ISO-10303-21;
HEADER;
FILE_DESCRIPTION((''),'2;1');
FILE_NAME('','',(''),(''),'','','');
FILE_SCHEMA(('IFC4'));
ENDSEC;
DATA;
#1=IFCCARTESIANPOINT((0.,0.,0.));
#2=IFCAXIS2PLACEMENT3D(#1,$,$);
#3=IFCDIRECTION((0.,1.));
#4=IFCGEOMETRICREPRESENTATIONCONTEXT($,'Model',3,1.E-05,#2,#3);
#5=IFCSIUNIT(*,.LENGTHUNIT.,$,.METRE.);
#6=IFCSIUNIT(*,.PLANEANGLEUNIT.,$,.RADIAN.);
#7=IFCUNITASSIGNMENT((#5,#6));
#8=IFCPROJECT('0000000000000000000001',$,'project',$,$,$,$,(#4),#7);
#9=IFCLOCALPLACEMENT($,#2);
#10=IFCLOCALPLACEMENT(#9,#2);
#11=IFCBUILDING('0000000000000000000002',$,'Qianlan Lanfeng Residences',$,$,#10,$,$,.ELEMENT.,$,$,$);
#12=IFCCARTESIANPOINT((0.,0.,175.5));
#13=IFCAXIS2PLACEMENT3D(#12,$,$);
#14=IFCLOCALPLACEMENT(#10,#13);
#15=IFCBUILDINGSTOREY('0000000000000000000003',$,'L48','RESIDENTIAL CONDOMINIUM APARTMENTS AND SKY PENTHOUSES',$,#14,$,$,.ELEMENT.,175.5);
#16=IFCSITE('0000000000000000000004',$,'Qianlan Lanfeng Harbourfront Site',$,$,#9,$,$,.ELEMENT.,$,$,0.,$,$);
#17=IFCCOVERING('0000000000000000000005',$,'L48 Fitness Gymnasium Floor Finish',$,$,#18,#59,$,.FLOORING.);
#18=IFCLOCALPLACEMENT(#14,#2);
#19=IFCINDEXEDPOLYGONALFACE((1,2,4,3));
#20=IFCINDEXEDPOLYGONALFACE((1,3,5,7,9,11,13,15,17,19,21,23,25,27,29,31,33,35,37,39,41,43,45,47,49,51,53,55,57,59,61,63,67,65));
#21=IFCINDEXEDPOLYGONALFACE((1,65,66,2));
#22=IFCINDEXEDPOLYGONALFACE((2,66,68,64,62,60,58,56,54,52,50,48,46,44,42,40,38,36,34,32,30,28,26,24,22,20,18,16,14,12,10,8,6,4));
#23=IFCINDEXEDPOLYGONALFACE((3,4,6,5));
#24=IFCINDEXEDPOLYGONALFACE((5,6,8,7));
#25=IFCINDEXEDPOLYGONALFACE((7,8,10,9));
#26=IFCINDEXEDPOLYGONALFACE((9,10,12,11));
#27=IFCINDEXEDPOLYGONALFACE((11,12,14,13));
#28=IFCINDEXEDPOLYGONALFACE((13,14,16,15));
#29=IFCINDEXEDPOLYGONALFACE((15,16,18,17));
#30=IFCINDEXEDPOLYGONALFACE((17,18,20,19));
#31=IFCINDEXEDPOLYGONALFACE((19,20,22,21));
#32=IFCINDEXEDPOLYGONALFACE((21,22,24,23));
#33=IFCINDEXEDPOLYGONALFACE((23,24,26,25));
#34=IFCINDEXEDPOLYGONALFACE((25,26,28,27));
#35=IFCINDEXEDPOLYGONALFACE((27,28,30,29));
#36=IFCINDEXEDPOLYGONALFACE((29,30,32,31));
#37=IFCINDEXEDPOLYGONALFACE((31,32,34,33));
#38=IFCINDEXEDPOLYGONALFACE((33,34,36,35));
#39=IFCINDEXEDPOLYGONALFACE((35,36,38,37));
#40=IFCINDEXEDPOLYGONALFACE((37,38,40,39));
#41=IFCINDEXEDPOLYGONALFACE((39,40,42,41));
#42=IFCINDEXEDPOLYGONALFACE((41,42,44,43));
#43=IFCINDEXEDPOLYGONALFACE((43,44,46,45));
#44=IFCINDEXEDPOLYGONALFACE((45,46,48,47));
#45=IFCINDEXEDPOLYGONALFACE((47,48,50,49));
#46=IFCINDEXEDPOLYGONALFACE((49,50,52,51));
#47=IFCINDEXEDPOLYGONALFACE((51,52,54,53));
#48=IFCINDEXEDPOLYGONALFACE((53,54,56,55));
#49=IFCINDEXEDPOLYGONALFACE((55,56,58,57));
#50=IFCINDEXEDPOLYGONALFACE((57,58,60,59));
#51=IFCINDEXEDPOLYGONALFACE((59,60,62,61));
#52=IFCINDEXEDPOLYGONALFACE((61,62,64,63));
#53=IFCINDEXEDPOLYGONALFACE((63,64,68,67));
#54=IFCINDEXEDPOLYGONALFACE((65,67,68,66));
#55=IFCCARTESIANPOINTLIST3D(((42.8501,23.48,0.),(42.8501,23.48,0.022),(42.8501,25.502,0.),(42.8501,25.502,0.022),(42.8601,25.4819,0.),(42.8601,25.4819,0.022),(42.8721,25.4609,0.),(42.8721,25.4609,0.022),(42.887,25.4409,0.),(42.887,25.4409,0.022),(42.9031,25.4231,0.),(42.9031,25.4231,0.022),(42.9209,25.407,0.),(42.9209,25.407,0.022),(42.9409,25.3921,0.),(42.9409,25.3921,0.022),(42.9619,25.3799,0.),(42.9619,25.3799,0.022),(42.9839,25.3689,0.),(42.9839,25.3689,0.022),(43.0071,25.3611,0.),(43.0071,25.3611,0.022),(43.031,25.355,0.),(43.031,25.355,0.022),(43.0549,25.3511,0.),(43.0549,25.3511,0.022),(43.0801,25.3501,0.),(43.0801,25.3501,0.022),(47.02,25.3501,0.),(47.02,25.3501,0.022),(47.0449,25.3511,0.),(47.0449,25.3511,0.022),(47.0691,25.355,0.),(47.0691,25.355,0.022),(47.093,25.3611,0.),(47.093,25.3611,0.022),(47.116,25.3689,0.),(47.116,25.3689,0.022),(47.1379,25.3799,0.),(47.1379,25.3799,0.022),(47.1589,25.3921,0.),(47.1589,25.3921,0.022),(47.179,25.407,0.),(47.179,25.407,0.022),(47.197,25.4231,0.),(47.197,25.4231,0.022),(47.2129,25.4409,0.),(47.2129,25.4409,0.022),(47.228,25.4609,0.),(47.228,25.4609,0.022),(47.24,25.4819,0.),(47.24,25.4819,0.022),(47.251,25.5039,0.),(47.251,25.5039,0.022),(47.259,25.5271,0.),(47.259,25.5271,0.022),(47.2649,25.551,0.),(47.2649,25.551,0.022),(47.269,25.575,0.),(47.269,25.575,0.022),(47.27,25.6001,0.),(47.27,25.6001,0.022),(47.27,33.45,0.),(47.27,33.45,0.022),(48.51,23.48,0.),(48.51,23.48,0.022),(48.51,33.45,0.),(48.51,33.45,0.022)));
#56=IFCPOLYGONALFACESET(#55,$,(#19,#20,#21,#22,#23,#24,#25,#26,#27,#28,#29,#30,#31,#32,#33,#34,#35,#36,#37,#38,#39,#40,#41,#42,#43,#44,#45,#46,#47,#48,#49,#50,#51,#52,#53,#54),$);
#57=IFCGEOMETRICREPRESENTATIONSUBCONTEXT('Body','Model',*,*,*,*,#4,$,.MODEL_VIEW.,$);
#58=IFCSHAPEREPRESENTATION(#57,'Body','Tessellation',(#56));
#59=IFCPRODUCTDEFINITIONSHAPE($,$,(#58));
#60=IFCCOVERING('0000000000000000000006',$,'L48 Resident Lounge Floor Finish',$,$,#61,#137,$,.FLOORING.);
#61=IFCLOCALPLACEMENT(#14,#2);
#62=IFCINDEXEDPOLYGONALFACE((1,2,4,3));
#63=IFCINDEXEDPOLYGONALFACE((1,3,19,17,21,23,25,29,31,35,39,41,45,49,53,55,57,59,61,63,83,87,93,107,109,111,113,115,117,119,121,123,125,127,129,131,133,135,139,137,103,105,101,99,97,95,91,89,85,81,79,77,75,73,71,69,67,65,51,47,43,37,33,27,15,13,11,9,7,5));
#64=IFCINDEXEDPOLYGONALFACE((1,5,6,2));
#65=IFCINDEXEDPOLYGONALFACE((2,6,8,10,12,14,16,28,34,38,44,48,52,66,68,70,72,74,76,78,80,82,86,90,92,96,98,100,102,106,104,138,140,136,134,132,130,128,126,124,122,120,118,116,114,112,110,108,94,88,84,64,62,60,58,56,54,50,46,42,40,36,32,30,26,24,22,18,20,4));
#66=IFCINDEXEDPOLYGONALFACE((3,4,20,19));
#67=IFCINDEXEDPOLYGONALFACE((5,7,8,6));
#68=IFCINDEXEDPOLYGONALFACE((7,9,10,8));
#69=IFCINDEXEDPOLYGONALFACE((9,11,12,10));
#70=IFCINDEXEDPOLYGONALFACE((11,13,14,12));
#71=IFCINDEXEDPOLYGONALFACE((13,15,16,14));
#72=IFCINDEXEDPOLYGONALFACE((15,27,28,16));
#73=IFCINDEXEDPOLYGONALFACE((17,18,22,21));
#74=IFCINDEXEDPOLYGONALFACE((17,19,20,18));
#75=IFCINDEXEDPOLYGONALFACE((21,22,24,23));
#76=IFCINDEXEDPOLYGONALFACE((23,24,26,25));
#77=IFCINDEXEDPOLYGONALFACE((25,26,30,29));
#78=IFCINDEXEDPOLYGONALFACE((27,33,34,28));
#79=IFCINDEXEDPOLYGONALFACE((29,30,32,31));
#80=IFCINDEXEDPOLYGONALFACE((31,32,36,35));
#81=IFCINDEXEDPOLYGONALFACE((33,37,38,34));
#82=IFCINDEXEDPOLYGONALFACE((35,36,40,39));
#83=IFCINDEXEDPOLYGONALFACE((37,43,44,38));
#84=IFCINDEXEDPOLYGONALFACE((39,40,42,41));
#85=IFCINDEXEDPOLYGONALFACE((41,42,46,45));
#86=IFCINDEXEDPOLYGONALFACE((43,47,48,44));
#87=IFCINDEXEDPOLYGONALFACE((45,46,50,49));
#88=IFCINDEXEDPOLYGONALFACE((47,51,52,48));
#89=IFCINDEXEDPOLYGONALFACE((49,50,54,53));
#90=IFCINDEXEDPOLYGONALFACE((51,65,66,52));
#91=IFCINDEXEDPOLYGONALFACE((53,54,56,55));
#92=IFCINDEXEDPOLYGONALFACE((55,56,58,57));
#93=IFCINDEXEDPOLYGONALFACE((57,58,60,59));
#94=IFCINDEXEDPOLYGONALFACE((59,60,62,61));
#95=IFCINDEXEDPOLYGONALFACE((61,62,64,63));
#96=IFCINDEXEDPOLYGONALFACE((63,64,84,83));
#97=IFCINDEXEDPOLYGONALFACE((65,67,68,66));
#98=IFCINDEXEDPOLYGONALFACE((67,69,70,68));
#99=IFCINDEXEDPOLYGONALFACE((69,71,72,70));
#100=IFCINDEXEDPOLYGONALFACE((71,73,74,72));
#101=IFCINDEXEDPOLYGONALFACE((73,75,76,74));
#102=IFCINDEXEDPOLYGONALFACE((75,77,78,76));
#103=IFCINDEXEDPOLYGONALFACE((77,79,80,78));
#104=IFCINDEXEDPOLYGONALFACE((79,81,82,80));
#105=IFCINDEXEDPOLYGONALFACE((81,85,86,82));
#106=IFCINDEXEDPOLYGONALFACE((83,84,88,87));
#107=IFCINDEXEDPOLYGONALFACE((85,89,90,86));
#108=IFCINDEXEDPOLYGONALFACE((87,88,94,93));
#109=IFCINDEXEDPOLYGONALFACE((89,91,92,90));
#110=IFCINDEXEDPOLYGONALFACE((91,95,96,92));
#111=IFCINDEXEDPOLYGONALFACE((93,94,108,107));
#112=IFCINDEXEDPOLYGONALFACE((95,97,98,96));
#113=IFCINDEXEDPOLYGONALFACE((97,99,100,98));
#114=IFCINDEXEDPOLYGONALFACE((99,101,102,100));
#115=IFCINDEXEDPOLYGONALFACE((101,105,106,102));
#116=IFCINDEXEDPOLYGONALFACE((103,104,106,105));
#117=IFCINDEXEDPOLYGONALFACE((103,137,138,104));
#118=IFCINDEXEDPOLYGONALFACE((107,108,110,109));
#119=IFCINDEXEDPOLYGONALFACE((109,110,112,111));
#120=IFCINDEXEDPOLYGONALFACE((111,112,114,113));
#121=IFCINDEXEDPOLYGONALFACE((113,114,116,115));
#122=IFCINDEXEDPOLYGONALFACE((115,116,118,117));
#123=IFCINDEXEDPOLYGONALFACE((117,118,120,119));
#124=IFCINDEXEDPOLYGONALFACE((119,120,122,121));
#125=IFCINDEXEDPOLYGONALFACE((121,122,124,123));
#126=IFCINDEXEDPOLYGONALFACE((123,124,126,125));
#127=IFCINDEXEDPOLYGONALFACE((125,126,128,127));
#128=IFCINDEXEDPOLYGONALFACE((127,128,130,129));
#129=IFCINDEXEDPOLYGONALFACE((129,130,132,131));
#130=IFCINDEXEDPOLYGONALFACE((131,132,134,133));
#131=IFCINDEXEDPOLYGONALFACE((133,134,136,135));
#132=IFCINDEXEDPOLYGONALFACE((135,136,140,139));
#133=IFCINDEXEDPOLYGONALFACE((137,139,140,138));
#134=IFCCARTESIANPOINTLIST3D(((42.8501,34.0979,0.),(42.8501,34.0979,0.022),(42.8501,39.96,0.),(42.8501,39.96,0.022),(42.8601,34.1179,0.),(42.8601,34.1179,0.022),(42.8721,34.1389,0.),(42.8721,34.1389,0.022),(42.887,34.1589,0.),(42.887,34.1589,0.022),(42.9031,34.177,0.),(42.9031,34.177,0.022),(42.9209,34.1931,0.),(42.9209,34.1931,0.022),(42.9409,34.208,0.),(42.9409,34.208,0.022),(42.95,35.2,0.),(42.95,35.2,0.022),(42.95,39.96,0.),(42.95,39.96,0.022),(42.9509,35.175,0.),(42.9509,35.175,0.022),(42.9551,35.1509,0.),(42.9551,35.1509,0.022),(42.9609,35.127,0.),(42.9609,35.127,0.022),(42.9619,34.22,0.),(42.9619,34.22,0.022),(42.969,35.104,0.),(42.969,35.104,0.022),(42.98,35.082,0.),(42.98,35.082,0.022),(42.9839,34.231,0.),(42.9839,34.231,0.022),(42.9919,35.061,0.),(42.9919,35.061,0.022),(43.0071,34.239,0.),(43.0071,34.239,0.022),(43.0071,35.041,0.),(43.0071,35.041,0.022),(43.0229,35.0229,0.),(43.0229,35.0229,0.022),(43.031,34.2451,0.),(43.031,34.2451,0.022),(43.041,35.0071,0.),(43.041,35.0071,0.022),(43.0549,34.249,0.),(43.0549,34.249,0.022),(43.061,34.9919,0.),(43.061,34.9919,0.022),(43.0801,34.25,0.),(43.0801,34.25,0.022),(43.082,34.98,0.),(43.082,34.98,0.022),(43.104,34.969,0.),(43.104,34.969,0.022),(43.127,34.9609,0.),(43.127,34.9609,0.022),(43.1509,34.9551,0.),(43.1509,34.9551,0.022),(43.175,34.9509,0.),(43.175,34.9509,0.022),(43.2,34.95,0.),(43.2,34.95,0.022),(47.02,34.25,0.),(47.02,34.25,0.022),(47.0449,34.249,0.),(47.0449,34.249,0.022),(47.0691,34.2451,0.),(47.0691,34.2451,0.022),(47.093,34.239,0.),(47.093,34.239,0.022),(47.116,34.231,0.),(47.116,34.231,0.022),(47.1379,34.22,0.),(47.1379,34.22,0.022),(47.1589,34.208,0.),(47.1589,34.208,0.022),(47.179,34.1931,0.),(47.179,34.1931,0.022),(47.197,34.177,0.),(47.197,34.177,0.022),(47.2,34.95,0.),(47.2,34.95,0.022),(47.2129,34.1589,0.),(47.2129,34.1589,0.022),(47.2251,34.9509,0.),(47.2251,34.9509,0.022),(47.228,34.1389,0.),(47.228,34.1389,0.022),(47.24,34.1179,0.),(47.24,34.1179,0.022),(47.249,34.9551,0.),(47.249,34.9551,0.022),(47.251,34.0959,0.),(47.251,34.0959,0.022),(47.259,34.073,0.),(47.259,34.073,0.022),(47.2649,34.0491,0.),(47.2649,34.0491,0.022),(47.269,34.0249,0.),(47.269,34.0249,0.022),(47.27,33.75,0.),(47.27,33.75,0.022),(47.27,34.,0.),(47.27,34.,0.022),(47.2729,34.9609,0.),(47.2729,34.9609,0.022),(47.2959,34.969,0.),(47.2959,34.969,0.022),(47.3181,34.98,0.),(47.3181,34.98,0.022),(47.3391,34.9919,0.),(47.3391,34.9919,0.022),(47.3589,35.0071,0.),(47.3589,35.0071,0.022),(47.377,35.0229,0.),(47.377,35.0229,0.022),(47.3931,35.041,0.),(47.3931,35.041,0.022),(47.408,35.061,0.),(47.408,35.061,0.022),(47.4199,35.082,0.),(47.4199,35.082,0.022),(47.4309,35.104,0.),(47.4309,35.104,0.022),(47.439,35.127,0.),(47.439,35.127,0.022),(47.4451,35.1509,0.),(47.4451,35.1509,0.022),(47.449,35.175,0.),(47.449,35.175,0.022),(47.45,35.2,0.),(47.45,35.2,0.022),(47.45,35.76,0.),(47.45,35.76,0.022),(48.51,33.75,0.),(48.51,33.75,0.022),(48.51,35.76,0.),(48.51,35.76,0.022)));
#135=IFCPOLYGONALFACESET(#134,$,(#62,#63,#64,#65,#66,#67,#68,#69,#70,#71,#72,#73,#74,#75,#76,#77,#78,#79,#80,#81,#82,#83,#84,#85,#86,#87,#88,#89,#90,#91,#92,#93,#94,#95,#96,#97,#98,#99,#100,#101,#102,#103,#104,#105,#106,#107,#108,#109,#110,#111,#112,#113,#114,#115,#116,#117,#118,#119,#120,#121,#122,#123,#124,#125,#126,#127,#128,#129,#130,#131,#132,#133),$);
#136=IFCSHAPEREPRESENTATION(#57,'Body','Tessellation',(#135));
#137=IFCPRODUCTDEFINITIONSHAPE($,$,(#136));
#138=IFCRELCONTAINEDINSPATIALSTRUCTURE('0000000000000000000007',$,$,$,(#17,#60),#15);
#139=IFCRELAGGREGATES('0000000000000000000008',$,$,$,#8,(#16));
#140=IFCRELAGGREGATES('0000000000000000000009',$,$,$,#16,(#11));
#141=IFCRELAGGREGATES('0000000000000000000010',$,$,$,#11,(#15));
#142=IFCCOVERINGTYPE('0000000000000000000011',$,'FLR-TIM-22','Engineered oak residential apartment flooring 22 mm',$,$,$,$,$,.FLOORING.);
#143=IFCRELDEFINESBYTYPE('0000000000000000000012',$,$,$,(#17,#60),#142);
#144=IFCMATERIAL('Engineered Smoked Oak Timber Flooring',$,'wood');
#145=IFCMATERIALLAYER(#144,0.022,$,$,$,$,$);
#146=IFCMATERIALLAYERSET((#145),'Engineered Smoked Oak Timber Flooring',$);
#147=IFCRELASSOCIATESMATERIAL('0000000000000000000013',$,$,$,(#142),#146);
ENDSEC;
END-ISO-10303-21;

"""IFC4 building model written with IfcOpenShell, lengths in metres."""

from ifc_helpers import new_model, si_unit, direction, frame, origin, place, context, subcontext, project, spatial, polyline, outline, extrude, material, layer, layer_set, type_object, element, save


model = new_model("IFC4")

# Units and contexts
model_context = context("Model", 3, precision=1e-05, world=origin(), true_north=direction((0.0, 1.0)))
body_context = subcontext(model_context, "Body", "Model", "MODEL_VIEW")
ifc_project = project(units=[si_unit("LENGTHUNIT", "METRE"), si_unit("PLANEANGLEUNIT", "RADIAN")], contexts=[model_context])

# Site, building, storey
site_placement = place(None, origin())
site = spatial("IfcSite", under=ifc_project, at=site_placement, Name="Qianlan Lanfeng Harbourfront Site", CompositionType="ELEMENT", RefElevation=0.0)
building_placement = place(site_placement, origin())
building = spatial("IfcBuilding", under=site, at=building_placement, Name="Qianlan Lanfeng Residences", CompositionType="ELEMENT")
storey_placement = place(building_placement, frame((0.0, 0.0, 175.5)))
storey = spatial("IfcBuildingStorey", under=building, at=storey_placement, Name="L48", Description="RESIDENTIAL CONDOMINIUM APARTMENTS AND SKY PENTHOUSES", CompositionType="ELEMENT", Elevation=175.5)

# Coverings
ifc_material_1 = material(Name="Engineered Smoked Oak Timber Flooring", Category="wood")
ifc_layer_1 = layer(ifc_material_1, 0.022)
ifc_layer_set_1 = layer_set([ifc_layer_1], Name="Engineered Smoked Oak Timber Flooring")
covering_type = type_object("IfcCoveringType", Name="FLR-TIM-22", Description="Engineered oak residential apartment flooring 22 mm", PredefinedType="FLOORING", material=ifc_layer_set_1)
covering_1_placement = place(storey_placement, origin())
element("IfcCovering", 1, at=covering_1_placement, inside=storey, type_object=covering_type, Name="L48 Fitness Gymnasium Floor Finish", PredefinedType="FLOORING", context=body_context, shape_type="SweptSolid", body=[
    extrude(outline(polyline([(48.51, 33.45), (47.27, 33.45), (47.27, 25.6001), (47.269, 25.575), (47.2649, 25.551), (47.259, 25.5271), (47.251, 25.5039), (47.24, 25.4819), (47.228, 25.4609), (47.2129, 25.4409), (47.197, 25.4231), (47.179, 25.407), (47.1589, 25.3921), (47.1379, 25.3799), (47.116, 25.3689), (47.093, 25.3611), (47.0691, 25.355), (47.0449, 25.3511), (47.02, 25.3501), (43.0801, 25.3501), (43.0549, 25.3511), (43.031, 25.355), (43.0071, 25.3611), (42.9839, 25.3689), (42.9619, 25.3799), (42.9409, 25.3921), (42.9209, 25.407), (42.9031, 25.4231), (42.887, 25.4409), (42.8721, 25.4609), (42.8601, 25.4819), (42.8501, 25.502), (42.8501, 23.48), (48.51, 23.48), (48.51, 33.45)])), origin(), (0.0, 0.0, 1.0), 0.022),
])
covering_2_placement = place(storey_placement, origin())
element("IfcCovering", 2, at=covering_2_placement, inside=storey, type_object=covering_type, Name="L48 Resident Lounge Floor Finish", PredefinedType="FLOORING", context=body_context, shape_type="SweptSolid", body=[
    extrude(outline(polyline([(42.8501, 34.0979), (42.8601, 34.1179), (42.8721, 34.1389), (42.887, 34.1589), (42.9031, 34.177), (42.9209, 34.1931), (42.9409, 34.208), (42.9619, 34.22), (42.9839, 34.231), (43.0071, 34.239), (43.031, 34.2451), (43.0549, 34.249), (43.0801, 34.25), (47.02, 34.25), (47.0449, 34.249), (47.0691, 34.2451), (47.093, 34.239), (47.116, 34.231), (47.1379, 34.22), (47.1589, 34.208), (47.179, 34.1931), (47.197, 34.177), (47.2129, 34.1589), (47.228, 34.1389), (47.24, 34.1179), (47.251, 34.0959), (47.259, 34.073), (47.2649, 34.0491), (47.269, 34.0249), (47.27, 34.0), (47.27, 33.75), (48.51, 33.75), (48.51, 35.76), (47.45, 35.76), (47.45, 35.2), (47.449, 35.175), (47.4451, 35.1509), (47.439, 35.127), (47.4309, 35.104), (47.4199, 35.082), (47.408, 35.061), (47.3931, 35.041), (47.377, 35.0229), (47.3589, 35.0071), (47.3391, 34.9919), (47.3181, 34.98), (47.2959, 34.969), (47.2729, 34.9609), (47.249, 34.9551), (47.2251, 34.9509), (47.2, 34.95), (43.2, 34.95), (43.175, 34.9509), (43.1509, 34.9551), (43.127, 34.9609), (43.104, 34.969), (43.082, 34.98), (43.061, 34.9919), (43.041, 35.0071), (43.0229, 35.0229), (43.0071, 35.041), (42.9919, 35.061), (42.98, 35.082), (42.969, 35.104), (42.9609, 35.127), (42.9551, 35.1509), (42.9509, 35.175), (42.95, 35.2), (42.95, 39.96), (42.8501, 39.96), (42.8501, 34.0979)])), origin(), (0.0, 0.0, 1.0), 0.022),
])

save(model, "model.ifc")
